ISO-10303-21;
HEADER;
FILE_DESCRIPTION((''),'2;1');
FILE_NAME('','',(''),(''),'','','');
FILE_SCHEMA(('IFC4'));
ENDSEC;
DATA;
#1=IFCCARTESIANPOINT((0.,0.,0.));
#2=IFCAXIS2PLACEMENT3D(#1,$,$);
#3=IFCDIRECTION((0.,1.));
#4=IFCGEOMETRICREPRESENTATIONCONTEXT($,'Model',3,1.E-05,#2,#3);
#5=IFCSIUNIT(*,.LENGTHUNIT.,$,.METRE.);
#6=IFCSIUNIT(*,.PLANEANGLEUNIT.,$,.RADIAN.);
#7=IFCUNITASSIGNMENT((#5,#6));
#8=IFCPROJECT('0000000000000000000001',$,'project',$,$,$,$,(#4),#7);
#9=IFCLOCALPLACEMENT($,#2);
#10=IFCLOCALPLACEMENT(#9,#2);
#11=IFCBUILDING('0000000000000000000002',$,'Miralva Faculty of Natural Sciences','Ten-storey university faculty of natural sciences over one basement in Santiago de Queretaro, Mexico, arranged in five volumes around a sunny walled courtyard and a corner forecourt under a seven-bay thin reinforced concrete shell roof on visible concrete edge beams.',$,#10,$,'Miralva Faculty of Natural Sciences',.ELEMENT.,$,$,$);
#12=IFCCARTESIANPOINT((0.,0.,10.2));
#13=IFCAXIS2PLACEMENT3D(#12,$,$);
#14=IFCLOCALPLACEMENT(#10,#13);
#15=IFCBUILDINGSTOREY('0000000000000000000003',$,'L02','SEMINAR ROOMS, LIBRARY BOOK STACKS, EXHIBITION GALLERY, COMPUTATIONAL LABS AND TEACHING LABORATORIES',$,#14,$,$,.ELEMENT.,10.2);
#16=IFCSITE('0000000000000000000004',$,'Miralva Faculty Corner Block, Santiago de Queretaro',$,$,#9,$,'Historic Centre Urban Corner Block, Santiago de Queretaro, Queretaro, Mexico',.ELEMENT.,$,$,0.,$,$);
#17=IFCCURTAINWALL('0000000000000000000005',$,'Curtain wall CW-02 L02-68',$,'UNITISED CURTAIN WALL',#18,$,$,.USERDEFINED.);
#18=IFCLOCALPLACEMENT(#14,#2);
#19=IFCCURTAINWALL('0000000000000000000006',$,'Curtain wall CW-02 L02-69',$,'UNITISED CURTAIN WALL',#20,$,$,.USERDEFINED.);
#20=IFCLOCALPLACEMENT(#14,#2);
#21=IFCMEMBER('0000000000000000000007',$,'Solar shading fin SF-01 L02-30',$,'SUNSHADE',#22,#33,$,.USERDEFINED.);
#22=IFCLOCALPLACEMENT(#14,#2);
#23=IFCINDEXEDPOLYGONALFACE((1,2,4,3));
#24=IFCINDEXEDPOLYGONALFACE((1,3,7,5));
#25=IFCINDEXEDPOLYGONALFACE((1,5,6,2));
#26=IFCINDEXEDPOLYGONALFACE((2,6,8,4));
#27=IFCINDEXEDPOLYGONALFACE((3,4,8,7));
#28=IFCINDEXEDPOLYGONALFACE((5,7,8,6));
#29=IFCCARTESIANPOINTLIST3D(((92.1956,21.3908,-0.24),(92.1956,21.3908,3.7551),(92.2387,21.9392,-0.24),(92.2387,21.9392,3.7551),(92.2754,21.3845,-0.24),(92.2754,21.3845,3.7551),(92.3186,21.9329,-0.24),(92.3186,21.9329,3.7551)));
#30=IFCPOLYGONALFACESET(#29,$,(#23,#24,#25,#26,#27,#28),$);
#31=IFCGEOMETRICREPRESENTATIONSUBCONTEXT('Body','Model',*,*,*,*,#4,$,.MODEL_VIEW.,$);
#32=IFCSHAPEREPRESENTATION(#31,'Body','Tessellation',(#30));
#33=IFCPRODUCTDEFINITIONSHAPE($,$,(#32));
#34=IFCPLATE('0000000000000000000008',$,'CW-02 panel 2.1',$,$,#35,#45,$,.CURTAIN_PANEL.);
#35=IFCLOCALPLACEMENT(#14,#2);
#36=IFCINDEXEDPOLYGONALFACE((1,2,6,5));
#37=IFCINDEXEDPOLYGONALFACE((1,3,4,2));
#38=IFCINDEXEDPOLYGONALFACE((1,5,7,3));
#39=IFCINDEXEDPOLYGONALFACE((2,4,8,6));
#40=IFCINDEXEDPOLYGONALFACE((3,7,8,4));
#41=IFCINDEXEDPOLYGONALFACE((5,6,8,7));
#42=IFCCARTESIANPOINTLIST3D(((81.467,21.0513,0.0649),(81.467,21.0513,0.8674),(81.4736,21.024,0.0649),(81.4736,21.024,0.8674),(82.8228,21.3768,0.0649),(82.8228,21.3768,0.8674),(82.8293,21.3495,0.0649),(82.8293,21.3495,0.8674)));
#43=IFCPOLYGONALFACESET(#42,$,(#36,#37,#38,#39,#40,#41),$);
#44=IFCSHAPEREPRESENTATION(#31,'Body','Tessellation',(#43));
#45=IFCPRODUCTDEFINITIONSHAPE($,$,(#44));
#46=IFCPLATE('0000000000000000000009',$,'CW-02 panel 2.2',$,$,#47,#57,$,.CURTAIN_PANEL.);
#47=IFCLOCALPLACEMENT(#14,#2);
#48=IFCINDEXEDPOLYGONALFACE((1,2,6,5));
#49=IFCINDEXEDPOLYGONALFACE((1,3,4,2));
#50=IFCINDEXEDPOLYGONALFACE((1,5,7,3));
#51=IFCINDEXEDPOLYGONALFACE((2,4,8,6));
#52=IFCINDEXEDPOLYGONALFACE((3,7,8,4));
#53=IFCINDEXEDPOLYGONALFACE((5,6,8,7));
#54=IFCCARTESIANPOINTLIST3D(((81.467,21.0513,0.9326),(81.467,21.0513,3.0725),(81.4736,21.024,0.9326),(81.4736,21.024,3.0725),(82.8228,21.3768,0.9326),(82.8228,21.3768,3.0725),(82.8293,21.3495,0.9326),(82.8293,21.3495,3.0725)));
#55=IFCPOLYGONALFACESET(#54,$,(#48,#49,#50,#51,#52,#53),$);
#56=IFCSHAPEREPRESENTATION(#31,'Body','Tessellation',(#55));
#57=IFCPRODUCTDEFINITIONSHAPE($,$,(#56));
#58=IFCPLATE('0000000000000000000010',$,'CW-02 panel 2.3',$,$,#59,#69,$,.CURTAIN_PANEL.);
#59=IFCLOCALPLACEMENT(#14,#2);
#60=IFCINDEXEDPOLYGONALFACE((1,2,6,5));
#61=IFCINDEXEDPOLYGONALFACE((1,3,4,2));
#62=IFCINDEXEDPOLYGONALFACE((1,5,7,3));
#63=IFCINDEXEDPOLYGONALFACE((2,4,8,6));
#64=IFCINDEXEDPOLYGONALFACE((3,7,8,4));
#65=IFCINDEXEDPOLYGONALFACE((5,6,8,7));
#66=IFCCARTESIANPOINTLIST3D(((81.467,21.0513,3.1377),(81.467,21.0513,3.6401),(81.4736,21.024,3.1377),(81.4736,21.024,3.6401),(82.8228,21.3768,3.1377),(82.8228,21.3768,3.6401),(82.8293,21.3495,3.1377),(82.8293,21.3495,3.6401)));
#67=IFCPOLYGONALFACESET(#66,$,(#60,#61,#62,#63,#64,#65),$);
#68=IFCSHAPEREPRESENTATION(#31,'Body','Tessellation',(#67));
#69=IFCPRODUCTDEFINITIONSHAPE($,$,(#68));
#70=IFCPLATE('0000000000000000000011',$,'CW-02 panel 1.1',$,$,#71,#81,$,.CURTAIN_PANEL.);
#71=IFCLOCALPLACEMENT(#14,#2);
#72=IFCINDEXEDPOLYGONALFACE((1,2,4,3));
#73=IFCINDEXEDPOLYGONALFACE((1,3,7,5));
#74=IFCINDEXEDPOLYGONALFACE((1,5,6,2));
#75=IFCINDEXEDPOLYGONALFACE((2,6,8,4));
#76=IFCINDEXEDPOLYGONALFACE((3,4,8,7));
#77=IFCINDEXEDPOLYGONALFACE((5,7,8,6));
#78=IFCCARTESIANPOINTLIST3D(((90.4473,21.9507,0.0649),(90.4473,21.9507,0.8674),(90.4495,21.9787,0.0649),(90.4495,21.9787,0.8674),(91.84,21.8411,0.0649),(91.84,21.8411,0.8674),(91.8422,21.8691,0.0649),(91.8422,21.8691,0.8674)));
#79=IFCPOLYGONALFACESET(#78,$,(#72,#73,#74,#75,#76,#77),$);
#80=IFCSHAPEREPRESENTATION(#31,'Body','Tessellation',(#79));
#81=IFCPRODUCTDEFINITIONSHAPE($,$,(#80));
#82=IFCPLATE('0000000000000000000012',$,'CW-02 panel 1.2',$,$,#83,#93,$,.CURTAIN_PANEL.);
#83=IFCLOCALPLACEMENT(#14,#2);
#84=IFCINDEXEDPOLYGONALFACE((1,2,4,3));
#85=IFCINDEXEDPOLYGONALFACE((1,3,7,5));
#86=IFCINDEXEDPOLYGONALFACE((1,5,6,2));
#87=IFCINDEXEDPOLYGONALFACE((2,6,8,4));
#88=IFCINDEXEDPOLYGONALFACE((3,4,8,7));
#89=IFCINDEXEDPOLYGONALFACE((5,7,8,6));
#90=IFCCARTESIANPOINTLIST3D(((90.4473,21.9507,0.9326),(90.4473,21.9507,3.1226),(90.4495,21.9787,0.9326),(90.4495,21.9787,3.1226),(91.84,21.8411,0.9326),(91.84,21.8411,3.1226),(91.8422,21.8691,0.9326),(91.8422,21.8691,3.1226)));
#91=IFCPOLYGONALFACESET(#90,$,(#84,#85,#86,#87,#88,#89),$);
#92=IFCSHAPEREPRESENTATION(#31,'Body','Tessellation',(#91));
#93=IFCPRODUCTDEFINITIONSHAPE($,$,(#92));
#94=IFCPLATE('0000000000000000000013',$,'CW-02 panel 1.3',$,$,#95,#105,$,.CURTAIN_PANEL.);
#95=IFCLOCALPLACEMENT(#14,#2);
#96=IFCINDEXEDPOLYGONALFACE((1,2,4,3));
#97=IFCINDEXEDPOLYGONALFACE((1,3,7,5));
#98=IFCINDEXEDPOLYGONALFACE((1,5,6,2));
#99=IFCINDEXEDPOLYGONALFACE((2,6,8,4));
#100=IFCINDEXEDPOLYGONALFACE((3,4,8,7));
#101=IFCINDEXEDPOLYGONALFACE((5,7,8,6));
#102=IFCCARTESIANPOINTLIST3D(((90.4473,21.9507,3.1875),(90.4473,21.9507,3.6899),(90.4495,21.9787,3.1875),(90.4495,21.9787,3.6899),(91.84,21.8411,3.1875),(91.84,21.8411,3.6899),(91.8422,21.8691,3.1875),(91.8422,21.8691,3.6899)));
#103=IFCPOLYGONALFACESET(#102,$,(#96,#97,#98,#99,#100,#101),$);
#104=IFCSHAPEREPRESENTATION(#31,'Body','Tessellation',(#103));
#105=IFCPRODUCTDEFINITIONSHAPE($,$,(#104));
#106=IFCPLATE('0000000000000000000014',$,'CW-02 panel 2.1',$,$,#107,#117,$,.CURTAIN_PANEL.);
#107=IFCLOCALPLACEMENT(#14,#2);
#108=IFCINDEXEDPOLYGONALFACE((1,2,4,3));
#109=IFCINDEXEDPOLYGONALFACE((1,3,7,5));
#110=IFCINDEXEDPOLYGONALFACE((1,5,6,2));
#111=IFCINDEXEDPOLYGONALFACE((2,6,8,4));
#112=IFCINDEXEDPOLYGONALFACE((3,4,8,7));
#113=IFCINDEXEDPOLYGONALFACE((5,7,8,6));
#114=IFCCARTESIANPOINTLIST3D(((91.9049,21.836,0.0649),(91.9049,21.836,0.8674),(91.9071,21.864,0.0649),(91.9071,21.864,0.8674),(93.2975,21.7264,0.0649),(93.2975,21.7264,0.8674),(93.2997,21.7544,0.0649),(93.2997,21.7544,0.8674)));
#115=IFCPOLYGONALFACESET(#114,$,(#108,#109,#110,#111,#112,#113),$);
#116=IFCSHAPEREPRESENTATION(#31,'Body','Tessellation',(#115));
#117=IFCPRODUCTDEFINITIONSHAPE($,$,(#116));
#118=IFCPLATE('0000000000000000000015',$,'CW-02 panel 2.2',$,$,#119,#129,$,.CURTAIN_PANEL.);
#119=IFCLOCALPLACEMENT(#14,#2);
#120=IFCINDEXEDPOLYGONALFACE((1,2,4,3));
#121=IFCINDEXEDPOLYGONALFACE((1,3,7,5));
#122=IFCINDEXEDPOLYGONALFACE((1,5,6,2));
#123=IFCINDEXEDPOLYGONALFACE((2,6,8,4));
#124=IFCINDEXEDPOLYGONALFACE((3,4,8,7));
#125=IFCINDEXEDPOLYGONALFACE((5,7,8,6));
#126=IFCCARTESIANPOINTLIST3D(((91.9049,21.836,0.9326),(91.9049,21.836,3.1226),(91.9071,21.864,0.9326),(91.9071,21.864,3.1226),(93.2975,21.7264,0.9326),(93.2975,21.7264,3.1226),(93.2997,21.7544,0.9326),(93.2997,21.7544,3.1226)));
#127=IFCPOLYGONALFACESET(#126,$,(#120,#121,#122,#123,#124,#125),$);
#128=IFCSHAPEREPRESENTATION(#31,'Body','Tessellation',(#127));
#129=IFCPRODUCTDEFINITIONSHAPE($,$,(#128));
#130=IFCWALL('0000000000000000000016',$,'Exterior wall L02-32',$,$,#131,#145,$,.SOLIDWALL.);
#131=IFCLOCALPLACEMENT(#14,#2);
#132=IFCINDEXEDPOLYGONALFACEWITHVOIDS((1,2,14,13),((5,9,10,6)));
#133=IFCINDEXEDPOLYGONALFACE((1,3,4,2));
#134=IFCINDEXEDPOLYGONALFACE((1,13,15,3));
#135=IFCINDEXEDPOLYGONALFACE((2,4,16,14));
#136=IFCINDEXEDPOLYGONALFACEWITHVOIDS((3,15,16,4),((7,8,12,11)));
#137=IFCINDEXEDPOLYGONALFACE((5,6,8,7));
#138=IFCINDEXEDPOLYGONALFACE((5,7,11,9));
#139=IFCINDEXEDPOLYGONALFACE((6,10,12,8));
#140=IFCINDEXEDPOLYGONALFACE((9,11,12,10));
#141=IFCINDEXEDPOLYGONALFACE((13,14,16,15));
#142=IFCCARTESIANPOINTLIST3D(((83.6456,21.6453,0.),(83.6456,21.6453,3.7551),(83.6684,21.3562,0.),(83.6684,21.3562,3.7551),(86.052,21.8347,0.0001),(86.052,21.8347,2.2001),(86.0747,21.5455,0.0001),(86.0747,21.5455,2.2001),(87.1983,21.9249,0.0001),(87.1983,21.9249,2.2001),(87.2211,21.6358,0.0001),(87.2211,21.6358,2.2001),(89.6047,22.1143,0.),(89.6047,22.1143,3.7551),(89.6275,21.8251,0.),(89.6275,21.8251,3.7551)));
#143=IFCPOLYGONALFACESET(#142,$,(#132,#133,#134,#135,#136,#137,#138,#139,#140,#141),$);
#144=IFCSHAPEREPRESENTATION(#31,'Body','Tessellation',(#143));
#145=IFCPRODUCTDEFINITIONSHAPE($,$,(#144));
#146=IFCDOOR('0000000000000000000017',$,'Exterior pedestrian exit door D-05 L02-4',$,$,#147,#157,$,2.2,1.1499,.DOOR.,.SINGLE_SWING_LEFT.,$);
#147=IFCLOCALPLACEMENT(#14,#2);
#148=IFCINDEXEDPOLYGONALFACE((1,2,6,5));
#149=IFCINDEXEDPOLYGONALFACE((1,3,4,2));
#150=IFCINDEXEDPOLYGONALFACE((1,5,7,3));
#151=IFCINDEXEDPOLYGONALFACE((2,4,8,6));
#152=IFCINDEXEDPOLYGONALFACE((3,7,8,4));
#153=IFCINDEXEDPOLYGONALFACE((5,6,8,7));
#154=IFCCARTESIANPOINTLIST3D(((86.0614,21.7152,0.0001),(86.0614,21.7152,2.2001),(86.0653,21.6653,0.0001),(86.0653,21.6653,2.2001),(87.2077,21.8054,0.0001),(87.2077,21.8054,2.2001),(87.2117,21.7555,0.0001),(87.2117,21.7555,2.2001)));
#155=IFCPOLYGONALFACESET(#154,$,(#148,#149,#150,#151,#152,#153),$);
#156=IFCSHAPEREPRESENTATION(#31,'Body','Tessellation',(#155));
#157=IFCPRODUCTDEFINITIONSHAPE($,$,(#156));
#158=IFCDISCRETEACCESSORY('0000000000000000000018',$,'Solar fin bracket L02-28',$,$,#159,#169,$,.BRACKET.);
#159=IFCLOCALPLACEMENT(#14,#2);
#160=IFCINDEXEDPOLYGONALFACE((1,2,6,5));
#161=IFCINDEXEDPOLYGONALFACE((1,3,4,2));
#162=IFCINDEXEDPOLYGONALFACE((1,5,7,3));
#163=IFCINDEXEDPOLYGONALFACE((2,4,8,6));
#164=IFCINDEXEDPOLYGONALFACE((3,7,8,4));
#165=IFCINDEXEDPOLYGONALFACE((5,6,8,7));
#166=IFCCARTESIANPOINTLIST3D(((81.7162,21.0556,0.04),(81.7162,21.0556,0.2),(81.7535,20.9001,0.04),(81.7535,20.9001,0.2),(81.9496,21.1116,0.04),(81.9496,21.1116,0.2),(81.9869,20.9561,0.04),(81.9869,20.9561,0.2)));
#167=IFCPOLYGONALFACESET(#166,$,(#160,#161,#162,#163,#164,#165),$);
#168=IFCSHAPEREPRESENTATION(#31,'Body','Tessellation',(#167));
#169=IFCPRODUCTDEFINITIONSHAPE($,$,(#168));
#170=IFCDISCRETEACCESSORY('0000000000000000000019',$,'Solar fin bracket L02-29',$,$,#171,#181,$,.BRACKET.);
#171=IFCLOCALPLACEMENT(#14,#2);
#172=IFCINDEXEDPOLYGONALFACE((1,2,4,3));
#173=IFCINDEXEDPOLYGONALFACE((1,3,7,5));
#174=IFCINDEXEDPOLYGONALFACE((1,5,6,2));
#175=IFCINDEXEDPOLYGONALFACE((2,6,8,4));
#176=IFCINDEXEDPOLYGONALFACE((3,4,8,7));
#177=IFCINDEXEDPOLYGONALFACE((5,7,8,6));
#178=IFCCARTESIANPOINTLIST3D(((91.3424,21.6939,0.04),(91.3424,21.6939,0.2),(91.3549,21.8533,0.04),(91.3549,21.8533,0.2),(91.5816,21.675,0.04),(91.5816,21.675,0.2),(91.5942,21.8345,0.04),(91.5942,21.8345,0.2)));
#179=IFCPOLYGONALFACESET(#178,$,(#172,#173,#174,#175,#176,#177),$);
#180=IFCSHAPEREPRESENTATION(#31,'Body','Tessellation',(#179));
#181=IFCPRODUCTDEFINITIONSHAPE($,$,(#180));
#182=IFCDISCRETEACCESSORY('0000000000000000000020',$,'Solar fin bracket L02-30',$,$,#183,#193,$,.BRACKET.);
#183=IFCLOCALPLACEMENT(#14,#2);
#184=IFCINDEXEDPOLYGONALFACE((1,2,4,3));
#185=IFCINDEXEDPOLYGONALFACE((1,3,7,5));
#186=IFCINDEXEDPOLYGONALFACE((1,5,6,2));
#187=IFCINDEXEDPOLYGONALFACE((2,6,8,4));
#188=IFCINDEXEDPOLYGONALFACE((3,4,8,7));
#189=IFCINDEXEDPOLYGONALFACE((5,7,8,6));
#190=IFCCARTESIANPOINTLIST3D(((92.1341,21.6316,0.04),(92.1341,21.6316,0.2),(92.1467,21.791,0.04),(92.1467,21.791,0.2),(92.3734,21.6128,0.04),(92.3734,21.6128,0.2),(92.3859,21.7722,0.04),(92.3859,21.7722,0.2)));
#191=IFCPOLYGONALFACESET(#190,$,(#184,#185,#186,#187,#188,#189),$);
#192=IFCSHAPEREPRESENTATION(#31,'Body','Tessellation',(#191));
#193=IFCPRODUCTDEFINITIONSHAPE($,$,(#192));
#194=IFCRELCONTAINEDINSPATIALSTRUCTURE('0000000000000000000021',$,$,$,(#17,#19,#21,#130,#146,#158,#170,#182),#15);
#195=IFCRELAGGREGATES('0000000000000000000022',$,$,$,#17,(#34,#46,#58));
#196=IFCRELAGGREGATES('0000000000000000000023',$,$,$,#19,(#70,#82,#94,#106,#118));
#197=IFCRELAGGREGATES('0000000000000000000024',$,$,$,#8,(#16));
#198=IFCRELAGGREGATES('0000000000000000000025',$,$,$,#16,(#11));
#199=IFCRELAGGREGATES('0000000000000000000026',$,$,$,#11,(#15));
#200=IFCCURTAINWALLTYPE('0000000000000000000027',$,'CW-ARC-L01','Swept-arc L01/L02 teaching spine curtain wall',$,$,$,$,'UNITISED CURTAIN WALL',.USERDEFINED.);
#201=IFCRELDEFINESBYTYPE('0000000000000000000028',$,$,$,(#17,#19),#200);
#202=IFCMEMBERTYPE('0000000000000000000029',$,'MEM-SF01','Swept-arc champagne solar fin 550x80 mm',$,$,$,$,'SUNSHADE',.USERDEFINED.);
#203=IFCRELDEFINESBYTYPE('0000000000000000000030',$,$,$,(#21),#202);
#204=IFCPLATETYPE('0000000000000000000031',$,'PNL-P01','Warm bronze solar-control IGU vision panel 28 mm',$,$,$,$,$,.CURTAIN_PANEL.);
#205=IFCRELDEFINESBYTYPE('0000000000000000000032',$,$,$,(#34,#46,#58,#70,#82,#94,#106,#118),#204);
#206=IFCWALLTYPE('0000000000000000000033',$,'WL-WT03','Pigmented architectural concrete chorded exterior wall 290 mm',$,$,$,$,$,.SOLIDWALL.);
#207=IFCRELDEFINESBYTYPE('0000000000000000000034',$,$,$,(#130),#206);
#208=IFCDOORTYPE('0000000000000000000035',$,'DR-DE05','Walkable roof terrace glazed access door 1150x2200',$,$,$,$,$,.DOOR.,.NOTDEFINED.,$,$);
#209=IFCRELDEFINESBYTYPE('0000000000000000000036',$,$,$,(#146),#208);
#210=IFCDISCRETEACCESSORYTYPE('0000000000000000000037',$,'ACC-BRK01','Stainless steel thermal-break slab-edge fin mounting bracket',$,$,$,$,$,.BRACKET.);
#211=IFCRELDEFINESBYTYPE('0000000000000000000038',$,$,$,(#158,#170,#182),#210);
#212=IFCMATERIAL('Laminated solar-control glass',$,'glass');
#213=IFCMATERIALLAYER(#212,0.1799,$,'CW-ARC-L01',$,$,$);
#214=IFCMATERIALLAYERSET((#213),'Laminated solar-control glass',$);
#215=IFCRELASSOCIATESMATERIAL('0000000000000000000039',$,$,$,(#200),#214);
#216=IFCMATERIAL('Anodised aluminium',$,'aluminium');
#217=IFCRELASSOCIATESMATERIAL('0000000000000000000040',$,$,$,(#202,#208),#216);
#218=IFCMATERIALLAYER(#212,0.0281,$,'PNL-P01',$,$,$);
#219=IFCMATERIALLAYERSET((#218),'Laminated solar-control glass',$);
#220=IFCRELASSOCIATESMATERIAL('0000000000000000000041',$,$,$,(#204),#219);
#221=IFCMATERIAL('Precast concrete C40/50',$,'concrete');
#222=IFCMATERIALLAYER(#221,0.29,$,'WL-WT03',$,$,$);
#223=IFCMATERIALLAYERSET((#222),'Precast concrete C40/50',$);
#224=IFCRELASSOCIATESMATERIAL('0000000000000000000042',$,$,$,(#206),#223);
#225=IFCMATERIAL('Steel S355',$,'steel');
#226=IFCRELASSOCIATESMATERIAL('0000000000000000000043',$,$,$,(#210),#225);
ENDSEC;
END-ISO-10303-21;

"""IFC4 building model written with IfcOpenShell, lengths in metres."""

from ifc_helpers import new_model, si_unit, direction, frame, frame_2d, origin, origin_2d, place, context, subcontext, project, spatial, rectangle, extrude, material, layer, layer_set, material_profile, profile_set, type_object, element, fill, aggregate, save


model = new_model("IFC4")

# Units and contexts
model_context = context("Model", 3, precision=1e-05, world=origin(), true_north=direction((0.0, 1.0)))
body_context = subcontext(model_context, "Body", "Model", "MODEL_VIEW")
ifc_project = project(units=[si_unit("LENGTHUNIT", "METRE"), si_unit("PLANEANGLEUNIT", "RADIAN")], contexts=[model_context])

# Site, building, storey
site_placement = place(None, origin())
site = spatial("IfcSite", under=ifc_project, at=site_placement, Name="Miralva Faculty Corner Block, Santiago de Queretaro", LongName="Historic Centre Urban Corner Block, Santiago de Queretaro, Queretaro, Mexico", CompositionType="ELEMENT", RefElevation=0.0)
building_placement = place(site_placement, origin())
building = spatial("IfcBuilding", under=site, at=building_placement, Name="Miralva Faculty of Natural Sciences", Description="Ten-storey university faculty of natural sciences over one basement in Santiago de Queretaro, Mexico, arranged in five volumes around a sunny walled courtyard and a corner forecourt under a seven-bay thin reinforced concrete shell roof on visible concrete edge beams.", LongName="Miralva Faculty of Natural Sciences", CompositionType="ELEMENT")
storey_placement = place(building_placement, frame((0.0, 0.0, 10.2)))
storey = spatial("IfcBuildingStorey", under=building, at=storey_placement, Name="L02", Description="SEMINAR ROOMS, LIBRARY BOOK STACKS, EXHIBITION GALLERY, COMPUTATIONAL LABS AND TEACHING LABORATORIES", CompositionType="ELEMENT", Elevation=10.2)

# Curtain wall
ifc_material_1 = material(Name="Laminated solar-control glass", Category="glass")
ifc_layer_1 = layer(ifc_material_1, 0.1799, Name="CW-ARC-L01")
ifc_layer_set_1 = layer_set([ifc_layer_1], Name="Laminated solar-control glass")
curtain_wall_type = type_object("IfcCurtainWallType", Name="CW-ARC-L01", Description="Swept-arc L01/L02 teaching spine curtain wall", ElementType="UNITISED CURTAIN WALL", PredefinedType="USERDEFINED", material=ifc_layer_set_1)
curtain_wall_1_placement = place(storey_placement, origin())
curtain_wall_1 = element("IfcCurtainWall", 1, at=curtain_wall_1_placement, inside=storey, type_object=curtain_wall_type, Name="Curtain wall CW-02 L02-68", ObjectType="UNITISED CURTAIN WALL", PredefinedType="USERDEFINED")
ifc_material_2 = material(Name="Anodised aluminium", Category="aluminium")

# Curtain wall
curtain_wall_2_placement = place(storey_placement, origin())
curtain_wall_2 = element("IfcCurtainWall", 2, at=curtain_wall_2_placement, inside=storey, type_object=curtain_wall_type, Name="Curtain wall CW-02 L02-69", ObjectType="UNITISED CURTAIN WALL", PredefinedType="USERDEFINED")

# Member
ifc_material_profile_1 = material_profile(ifc_material_2, rectangle(XDim=0.0801, YDim=0.55, at=origin_2d()), Name="FIN 550x80")
ifc_profile_set_1 = profile_set([ifc_material_profile_1], Name="Anodised aluminium")
member_type_1 = type_object("IfcMemberType", Name="MEM-SF01", Description="Swept-arc champagne solar fin 550x80 mm", ElementType="SUNSHADE", PredefinedType="USERDEFINED", material=ifc_profile_set_1)
for number, where, z_axis, x_axis, name in (
    (3, (92.2571, 21.6619, -0.24), (0.0, 0.0, 1.0), (0.996917, -0.078459, 0.0), "Solar shading fin SF-01 L02-30"),
):
    element("IfcMember", number, at=place(storey_placement, frame(where, z_axis=z_axis, x_axis=x_axis)), inside=storey, type_object=member_type_1, Name=name, ObjectType="SUNSHADE", PredefinedType="USERDEFINED", context=body_context, shape_type="SweptSolid", body=[
        extrude(rectangle(XDim=0.0801, YDim=0.55, at=origin_2d()), origin(), (0.0, 0.0, 1.0), 3.9951),
    ])

# Plates
ifc_layer_2 = layer(ifc_material_1, 0.0281, Name="PNL-P01")
ifc_layer_set_2 = layer_set([ifc_layer_2], Name="Laminated solar-control glass")
plate_type = type_object("IfcPlateType", Name="PNL-P01", Description="Warm bronze solar-control IGU vision panel 28 mm", PredefinedType="CURTAIN_PANEL", material=ifc_layer_set_2)
plate_1_placement = place(storey_placement, frame((82.1482, 21.2004, 0.0649), z_axis=(0.0, 0.0, 1.0), x_axis=(0.972365, 0.233464, 0.0)))
plate_1 = element("IfcPlate", 4, at=plate_1_placement, type_object=plate_type, Name="CW-02 panel 2.1", PredefinedType="CURTAIN_PANEL", context=body_context, shape_type="SweptSolid", body=[
    extrude(rectangle(XDim=1.3943, YDim=0.0281, at=origin_2d()), origin(), (0.0, 0.0, 1.0), 0.8025),
])
plate_2_placement = place(storey_placement, frame((82.1482, 21.2004, 0.9326), z_axis=(0.0, 0.0, 1.0), x_axis=(0.972365, 0.233464, 0.0)))
plate_2 = element("IfcPlate", 5, at=plate_2_placement, type_object=plate_type, Name="CW-02 panel 2.2", PredefinedType="CURTAIN_PANEL", context=body_context, shape_type="SweptSolid", body=[
    extrude(rectangle(XDim=1.3943, YDim=0.0281, at=origin_2d()), origin(), (0.0, 0.0, 1.0), 2.1399),
])
plate_3_placement = place(storey_placement, frame((82.1482, 21.2004, 3.1377), z_axis=(0.0, 0.0, 1.0), x_axis=(0.972365, 0.233464, 0.0)))
plate_3 = element("IfcPlate", 6, at=plate_3_placement, type_object=plate_type, Name="CW-02 panel 2.3", PredefinedType="CURTAIN_PANEL", context=body_context, shape_type="SweptSolid", body=[
    extrude(rectangle(XDim=1.3943, YDim=0.0281, at=origin_2d()), origin(), (0.0, 0.0, 1.0), 0.5024),
])
aggregate(curtain_wall_1, [plate_1, plate_2, plate_3])
plate_4_placement = place(storey_placement, frame((91.1448, 21.9099, 0.0649), z_axis=(0.0, 0.0, 1.0), x_axis=(0.996917, -0.078462, 0.0)))
plate_4 = element("IfcPlate", 7, at=plate_4_placement, type_object=plate_type, Name="CW-02 panel 1.1", PredefinedType="CURTAIN_PANEL", context=body_context, shape_type="SweptSolid", body=[
    extrude(rectangle(XDim=1.397, YDim=0.0281, at=origin_2d()), origin(), (0.0, 0.0, 1.0), 0.8025),
])
plate_5_placement = place(storey_placement, frame((91.1448, 21.9099, 0.9326), z_axis=(0.0, 0.0, 1.0), x_axis=(0.996917, -0.078462, 0.0)))
plate_5 = element("IfcPlate", 8, at=plate_5_placement, type_object=plate_type, Name="CW-02 panel 1.2", PredefinedType="CURTAIN_PANEL", context=body_context, shape_type="SweptSolid", body=[
    extrude(rectangle(XDim=1.397, YDim=0.0281, at=origin_2d()), origin(), (0.0, 0.0, 1.0), 2.1899),
])
plate_6_placement = place(storey_placement, frame((91.1448, 21.9099, 3.1875), z_axis=(0.0, 0.0, 1.0), x_axis=(0.996917, -0.078462, 0.0)))
plate_6 = element("IfcPlate", 9, at=plate_6_placement, type_object=plate_type, Name="CW-02 panel 1.3", PredefinedType="CURTAIN_PANEL", context=body_context, shape_type="SweptSolid", body=[
    extrude(rectangle(XDim=1.397, YDim=0.0281, at=origin_2d()), origin(), (0.0, 0.0, 1.0), 0.5024),
])
plate_7_placement = place(storey_placement, frame((92.6023, 21.7952, 0.0649), z_axis=(0.0, 0.0, 1.0), x_axis=(0.996917, -0.078462, 0.0)))
plate_7 = element("IfcPlate", 10, at=plate_7_placement, type_object=plate_type, Name="CW-02 panel 2.1", PredefinedType="CURTAIN_PANEL", context=body_context, shape_type="SweptSolid", body=[
    extrude(rectangle(XDim=1.397, YDim=0.0281, at=origin_2d()), origin(), (0.0, 0.0, 1.0), 0.8025),
])
plate_8_placement = place(storey_placement, frame((92.6023, 21.7952, 0.9326), z_axis=(0.0, 0.0, 1.0), x_axis=(0.996917, -0.078462, 0.0)))
plate_8 = element("IfcPlate", 11, at=plate_8_placement, type_object=plate_type, Name="CW-02 panel 2.2", PredefinedType="CURTAIN_PANEL", context=body_context, shape_type="SweptSolid", body=[
    extrude(rectangle(XDim=1.397, YDim=0.0281, at=origin_2d()), origin(), (0.0, 0.0, 1.0), 2.1899),
])
aggregate(curtain_wall_2, [plate_4, plate_5, plate_6, plate_7, plate_8])

# Wall, opening, door
ifc_material_3 = material(Name="Precast concrete C40/50", Category="concrete")
ifc_layer_3 = layer(ifc_material_3, 0.29, Name="WL-WT03")
ifc_layer_set_3 = layer_set([ifc_layer_3], Name="Precast concrete C40/50")
wall_type = type_object("IfcWallType", Name="WL-WT03", Description="Pigmented architectural concrete chorded exterior wall 290 mm", PredefinedType="SOLIDWALL", material=ifc_layer_set_3)
wall_placement = place(storey_placement, frame((83.657, 21.5007, 0.0), z_axis=(0.0, 0.0, 1.0), x_axis=(0.996917, 0.078458, 0.0)))
wall = element("IfcWall", 12, at=wall_placement, inside=storey, type_object=wall_type, Name="Exterior wall L02-32", PredefinedType="SOLIDWALL", context=body_context, shape_type="SweptSolid", body=[
    extrude(rectangle(XDim=5.9775, YDim=0.29, at=frame_2d((2.9888, 0.0))), origin(), (0.0, 0.0, 1.0), 3.7551),
])
opening_placement = place(wall_placement, frame((2.4138, 0.0, 0.0)))
opening = element("IfcOpeningElement", 13, at=opening_placement, cuts=wall, PredefinedType="OPENING", context=body_context, shape_type="SweptSolid", body=[
    extrude(rectangle(XDim=1.1499, YDim=2.2, at=frame_2d((0.575, 1.1001))), frame((0.0, 0.155, 0.0), z_axis=(0.0, -1.0, 0.0), x_axis=(1.0, 0.0, 0.0)), (0.0, 0.0, 1.0), 0.3101),
])
door_type = type_object("IfcDoorType", Name="DR-DE05", Description="Walkable roof terrace glazed access door 1150x2200", OperationType="NOTDEFINED", PredefinedType="DOOR", material=ifc_material_2)
door_placement = place(opening_placement, frame((1.1499, 0.0, 0.0), z_axis=(0.0, 0.0, 1.0), x_axis=(-1.0, 0.0, 0.0)))
door = element("IfcDoor", 14, at=door_placement, inside=storey, type_object=door_type, Name="Exterior pedestrian exit door D-05 L02-4", OperationType="SINGLE_SWING_LEFT", OverallHeight=2.2, OverallWidth=1.1499, PredefinedType="DOOR", context=body_context, shape_type="SweptSolid", body=[
    extrude(rectangle(XDim=1.1499, YDim=2.2, at=frame_2d((0.575, 1.1001))), frame((0.0, 0.0249, 0.0), z_axis=(0.0, -1.0, 0.0), x_axis=(1.0, 0.0, 0.0)), (0.0, 0.0, 1.0), 0.05),
])
fill(opening, door)

# Discrete accessories
ifc_material_4 = material(Name="Steel S355", Category="steel")
discrete_accessory_type = type_object("IfcDiscreteAccessoryType", Name="ACC-BRK01", Description="Stainless steel thermal-break slab-edge fin mounting bracket", PredefinedType="BRACKET", material=ifc_material_4)
for number, where, z_axis, x_axis, name in (
    (15, (81.8516, 21.0059, 0.04), (0.0, 0.0, 1.0), (0.233445, -0.97237, 0.0), "Solar fin bracket L02-28"),
    (16, (91.4683, 21.7642, 0.04), (0.0, 0.0, 1.0), (-0.078459, -0.996917, 0.0), "Solar fin bracket L02-29"),
    (17, (92.26, 21.7019, 0.04), (0.0, 0.0, 1.0), (-0.078459, -0.996917, 0.0), "Solar fin bracket L02-30"),
):
    element("IfcDiscreteAccessory", number, at=place(storey_placement, frame(where, z_axis=z_axis, x_axis=x_axis)), inside=storey, type_object=discrete_accessory_type, Name=name, PredefinedType="BRACKET", context=body_context, shape_type="SweptSolid", body=[
        extrude(rectangle(XDim=0.1599, YDim=0.24, at=origin_2d()), origin(), (0.0, 0.0, 1.0), 0.1599),
    ])

save(model, "model.ifc")
